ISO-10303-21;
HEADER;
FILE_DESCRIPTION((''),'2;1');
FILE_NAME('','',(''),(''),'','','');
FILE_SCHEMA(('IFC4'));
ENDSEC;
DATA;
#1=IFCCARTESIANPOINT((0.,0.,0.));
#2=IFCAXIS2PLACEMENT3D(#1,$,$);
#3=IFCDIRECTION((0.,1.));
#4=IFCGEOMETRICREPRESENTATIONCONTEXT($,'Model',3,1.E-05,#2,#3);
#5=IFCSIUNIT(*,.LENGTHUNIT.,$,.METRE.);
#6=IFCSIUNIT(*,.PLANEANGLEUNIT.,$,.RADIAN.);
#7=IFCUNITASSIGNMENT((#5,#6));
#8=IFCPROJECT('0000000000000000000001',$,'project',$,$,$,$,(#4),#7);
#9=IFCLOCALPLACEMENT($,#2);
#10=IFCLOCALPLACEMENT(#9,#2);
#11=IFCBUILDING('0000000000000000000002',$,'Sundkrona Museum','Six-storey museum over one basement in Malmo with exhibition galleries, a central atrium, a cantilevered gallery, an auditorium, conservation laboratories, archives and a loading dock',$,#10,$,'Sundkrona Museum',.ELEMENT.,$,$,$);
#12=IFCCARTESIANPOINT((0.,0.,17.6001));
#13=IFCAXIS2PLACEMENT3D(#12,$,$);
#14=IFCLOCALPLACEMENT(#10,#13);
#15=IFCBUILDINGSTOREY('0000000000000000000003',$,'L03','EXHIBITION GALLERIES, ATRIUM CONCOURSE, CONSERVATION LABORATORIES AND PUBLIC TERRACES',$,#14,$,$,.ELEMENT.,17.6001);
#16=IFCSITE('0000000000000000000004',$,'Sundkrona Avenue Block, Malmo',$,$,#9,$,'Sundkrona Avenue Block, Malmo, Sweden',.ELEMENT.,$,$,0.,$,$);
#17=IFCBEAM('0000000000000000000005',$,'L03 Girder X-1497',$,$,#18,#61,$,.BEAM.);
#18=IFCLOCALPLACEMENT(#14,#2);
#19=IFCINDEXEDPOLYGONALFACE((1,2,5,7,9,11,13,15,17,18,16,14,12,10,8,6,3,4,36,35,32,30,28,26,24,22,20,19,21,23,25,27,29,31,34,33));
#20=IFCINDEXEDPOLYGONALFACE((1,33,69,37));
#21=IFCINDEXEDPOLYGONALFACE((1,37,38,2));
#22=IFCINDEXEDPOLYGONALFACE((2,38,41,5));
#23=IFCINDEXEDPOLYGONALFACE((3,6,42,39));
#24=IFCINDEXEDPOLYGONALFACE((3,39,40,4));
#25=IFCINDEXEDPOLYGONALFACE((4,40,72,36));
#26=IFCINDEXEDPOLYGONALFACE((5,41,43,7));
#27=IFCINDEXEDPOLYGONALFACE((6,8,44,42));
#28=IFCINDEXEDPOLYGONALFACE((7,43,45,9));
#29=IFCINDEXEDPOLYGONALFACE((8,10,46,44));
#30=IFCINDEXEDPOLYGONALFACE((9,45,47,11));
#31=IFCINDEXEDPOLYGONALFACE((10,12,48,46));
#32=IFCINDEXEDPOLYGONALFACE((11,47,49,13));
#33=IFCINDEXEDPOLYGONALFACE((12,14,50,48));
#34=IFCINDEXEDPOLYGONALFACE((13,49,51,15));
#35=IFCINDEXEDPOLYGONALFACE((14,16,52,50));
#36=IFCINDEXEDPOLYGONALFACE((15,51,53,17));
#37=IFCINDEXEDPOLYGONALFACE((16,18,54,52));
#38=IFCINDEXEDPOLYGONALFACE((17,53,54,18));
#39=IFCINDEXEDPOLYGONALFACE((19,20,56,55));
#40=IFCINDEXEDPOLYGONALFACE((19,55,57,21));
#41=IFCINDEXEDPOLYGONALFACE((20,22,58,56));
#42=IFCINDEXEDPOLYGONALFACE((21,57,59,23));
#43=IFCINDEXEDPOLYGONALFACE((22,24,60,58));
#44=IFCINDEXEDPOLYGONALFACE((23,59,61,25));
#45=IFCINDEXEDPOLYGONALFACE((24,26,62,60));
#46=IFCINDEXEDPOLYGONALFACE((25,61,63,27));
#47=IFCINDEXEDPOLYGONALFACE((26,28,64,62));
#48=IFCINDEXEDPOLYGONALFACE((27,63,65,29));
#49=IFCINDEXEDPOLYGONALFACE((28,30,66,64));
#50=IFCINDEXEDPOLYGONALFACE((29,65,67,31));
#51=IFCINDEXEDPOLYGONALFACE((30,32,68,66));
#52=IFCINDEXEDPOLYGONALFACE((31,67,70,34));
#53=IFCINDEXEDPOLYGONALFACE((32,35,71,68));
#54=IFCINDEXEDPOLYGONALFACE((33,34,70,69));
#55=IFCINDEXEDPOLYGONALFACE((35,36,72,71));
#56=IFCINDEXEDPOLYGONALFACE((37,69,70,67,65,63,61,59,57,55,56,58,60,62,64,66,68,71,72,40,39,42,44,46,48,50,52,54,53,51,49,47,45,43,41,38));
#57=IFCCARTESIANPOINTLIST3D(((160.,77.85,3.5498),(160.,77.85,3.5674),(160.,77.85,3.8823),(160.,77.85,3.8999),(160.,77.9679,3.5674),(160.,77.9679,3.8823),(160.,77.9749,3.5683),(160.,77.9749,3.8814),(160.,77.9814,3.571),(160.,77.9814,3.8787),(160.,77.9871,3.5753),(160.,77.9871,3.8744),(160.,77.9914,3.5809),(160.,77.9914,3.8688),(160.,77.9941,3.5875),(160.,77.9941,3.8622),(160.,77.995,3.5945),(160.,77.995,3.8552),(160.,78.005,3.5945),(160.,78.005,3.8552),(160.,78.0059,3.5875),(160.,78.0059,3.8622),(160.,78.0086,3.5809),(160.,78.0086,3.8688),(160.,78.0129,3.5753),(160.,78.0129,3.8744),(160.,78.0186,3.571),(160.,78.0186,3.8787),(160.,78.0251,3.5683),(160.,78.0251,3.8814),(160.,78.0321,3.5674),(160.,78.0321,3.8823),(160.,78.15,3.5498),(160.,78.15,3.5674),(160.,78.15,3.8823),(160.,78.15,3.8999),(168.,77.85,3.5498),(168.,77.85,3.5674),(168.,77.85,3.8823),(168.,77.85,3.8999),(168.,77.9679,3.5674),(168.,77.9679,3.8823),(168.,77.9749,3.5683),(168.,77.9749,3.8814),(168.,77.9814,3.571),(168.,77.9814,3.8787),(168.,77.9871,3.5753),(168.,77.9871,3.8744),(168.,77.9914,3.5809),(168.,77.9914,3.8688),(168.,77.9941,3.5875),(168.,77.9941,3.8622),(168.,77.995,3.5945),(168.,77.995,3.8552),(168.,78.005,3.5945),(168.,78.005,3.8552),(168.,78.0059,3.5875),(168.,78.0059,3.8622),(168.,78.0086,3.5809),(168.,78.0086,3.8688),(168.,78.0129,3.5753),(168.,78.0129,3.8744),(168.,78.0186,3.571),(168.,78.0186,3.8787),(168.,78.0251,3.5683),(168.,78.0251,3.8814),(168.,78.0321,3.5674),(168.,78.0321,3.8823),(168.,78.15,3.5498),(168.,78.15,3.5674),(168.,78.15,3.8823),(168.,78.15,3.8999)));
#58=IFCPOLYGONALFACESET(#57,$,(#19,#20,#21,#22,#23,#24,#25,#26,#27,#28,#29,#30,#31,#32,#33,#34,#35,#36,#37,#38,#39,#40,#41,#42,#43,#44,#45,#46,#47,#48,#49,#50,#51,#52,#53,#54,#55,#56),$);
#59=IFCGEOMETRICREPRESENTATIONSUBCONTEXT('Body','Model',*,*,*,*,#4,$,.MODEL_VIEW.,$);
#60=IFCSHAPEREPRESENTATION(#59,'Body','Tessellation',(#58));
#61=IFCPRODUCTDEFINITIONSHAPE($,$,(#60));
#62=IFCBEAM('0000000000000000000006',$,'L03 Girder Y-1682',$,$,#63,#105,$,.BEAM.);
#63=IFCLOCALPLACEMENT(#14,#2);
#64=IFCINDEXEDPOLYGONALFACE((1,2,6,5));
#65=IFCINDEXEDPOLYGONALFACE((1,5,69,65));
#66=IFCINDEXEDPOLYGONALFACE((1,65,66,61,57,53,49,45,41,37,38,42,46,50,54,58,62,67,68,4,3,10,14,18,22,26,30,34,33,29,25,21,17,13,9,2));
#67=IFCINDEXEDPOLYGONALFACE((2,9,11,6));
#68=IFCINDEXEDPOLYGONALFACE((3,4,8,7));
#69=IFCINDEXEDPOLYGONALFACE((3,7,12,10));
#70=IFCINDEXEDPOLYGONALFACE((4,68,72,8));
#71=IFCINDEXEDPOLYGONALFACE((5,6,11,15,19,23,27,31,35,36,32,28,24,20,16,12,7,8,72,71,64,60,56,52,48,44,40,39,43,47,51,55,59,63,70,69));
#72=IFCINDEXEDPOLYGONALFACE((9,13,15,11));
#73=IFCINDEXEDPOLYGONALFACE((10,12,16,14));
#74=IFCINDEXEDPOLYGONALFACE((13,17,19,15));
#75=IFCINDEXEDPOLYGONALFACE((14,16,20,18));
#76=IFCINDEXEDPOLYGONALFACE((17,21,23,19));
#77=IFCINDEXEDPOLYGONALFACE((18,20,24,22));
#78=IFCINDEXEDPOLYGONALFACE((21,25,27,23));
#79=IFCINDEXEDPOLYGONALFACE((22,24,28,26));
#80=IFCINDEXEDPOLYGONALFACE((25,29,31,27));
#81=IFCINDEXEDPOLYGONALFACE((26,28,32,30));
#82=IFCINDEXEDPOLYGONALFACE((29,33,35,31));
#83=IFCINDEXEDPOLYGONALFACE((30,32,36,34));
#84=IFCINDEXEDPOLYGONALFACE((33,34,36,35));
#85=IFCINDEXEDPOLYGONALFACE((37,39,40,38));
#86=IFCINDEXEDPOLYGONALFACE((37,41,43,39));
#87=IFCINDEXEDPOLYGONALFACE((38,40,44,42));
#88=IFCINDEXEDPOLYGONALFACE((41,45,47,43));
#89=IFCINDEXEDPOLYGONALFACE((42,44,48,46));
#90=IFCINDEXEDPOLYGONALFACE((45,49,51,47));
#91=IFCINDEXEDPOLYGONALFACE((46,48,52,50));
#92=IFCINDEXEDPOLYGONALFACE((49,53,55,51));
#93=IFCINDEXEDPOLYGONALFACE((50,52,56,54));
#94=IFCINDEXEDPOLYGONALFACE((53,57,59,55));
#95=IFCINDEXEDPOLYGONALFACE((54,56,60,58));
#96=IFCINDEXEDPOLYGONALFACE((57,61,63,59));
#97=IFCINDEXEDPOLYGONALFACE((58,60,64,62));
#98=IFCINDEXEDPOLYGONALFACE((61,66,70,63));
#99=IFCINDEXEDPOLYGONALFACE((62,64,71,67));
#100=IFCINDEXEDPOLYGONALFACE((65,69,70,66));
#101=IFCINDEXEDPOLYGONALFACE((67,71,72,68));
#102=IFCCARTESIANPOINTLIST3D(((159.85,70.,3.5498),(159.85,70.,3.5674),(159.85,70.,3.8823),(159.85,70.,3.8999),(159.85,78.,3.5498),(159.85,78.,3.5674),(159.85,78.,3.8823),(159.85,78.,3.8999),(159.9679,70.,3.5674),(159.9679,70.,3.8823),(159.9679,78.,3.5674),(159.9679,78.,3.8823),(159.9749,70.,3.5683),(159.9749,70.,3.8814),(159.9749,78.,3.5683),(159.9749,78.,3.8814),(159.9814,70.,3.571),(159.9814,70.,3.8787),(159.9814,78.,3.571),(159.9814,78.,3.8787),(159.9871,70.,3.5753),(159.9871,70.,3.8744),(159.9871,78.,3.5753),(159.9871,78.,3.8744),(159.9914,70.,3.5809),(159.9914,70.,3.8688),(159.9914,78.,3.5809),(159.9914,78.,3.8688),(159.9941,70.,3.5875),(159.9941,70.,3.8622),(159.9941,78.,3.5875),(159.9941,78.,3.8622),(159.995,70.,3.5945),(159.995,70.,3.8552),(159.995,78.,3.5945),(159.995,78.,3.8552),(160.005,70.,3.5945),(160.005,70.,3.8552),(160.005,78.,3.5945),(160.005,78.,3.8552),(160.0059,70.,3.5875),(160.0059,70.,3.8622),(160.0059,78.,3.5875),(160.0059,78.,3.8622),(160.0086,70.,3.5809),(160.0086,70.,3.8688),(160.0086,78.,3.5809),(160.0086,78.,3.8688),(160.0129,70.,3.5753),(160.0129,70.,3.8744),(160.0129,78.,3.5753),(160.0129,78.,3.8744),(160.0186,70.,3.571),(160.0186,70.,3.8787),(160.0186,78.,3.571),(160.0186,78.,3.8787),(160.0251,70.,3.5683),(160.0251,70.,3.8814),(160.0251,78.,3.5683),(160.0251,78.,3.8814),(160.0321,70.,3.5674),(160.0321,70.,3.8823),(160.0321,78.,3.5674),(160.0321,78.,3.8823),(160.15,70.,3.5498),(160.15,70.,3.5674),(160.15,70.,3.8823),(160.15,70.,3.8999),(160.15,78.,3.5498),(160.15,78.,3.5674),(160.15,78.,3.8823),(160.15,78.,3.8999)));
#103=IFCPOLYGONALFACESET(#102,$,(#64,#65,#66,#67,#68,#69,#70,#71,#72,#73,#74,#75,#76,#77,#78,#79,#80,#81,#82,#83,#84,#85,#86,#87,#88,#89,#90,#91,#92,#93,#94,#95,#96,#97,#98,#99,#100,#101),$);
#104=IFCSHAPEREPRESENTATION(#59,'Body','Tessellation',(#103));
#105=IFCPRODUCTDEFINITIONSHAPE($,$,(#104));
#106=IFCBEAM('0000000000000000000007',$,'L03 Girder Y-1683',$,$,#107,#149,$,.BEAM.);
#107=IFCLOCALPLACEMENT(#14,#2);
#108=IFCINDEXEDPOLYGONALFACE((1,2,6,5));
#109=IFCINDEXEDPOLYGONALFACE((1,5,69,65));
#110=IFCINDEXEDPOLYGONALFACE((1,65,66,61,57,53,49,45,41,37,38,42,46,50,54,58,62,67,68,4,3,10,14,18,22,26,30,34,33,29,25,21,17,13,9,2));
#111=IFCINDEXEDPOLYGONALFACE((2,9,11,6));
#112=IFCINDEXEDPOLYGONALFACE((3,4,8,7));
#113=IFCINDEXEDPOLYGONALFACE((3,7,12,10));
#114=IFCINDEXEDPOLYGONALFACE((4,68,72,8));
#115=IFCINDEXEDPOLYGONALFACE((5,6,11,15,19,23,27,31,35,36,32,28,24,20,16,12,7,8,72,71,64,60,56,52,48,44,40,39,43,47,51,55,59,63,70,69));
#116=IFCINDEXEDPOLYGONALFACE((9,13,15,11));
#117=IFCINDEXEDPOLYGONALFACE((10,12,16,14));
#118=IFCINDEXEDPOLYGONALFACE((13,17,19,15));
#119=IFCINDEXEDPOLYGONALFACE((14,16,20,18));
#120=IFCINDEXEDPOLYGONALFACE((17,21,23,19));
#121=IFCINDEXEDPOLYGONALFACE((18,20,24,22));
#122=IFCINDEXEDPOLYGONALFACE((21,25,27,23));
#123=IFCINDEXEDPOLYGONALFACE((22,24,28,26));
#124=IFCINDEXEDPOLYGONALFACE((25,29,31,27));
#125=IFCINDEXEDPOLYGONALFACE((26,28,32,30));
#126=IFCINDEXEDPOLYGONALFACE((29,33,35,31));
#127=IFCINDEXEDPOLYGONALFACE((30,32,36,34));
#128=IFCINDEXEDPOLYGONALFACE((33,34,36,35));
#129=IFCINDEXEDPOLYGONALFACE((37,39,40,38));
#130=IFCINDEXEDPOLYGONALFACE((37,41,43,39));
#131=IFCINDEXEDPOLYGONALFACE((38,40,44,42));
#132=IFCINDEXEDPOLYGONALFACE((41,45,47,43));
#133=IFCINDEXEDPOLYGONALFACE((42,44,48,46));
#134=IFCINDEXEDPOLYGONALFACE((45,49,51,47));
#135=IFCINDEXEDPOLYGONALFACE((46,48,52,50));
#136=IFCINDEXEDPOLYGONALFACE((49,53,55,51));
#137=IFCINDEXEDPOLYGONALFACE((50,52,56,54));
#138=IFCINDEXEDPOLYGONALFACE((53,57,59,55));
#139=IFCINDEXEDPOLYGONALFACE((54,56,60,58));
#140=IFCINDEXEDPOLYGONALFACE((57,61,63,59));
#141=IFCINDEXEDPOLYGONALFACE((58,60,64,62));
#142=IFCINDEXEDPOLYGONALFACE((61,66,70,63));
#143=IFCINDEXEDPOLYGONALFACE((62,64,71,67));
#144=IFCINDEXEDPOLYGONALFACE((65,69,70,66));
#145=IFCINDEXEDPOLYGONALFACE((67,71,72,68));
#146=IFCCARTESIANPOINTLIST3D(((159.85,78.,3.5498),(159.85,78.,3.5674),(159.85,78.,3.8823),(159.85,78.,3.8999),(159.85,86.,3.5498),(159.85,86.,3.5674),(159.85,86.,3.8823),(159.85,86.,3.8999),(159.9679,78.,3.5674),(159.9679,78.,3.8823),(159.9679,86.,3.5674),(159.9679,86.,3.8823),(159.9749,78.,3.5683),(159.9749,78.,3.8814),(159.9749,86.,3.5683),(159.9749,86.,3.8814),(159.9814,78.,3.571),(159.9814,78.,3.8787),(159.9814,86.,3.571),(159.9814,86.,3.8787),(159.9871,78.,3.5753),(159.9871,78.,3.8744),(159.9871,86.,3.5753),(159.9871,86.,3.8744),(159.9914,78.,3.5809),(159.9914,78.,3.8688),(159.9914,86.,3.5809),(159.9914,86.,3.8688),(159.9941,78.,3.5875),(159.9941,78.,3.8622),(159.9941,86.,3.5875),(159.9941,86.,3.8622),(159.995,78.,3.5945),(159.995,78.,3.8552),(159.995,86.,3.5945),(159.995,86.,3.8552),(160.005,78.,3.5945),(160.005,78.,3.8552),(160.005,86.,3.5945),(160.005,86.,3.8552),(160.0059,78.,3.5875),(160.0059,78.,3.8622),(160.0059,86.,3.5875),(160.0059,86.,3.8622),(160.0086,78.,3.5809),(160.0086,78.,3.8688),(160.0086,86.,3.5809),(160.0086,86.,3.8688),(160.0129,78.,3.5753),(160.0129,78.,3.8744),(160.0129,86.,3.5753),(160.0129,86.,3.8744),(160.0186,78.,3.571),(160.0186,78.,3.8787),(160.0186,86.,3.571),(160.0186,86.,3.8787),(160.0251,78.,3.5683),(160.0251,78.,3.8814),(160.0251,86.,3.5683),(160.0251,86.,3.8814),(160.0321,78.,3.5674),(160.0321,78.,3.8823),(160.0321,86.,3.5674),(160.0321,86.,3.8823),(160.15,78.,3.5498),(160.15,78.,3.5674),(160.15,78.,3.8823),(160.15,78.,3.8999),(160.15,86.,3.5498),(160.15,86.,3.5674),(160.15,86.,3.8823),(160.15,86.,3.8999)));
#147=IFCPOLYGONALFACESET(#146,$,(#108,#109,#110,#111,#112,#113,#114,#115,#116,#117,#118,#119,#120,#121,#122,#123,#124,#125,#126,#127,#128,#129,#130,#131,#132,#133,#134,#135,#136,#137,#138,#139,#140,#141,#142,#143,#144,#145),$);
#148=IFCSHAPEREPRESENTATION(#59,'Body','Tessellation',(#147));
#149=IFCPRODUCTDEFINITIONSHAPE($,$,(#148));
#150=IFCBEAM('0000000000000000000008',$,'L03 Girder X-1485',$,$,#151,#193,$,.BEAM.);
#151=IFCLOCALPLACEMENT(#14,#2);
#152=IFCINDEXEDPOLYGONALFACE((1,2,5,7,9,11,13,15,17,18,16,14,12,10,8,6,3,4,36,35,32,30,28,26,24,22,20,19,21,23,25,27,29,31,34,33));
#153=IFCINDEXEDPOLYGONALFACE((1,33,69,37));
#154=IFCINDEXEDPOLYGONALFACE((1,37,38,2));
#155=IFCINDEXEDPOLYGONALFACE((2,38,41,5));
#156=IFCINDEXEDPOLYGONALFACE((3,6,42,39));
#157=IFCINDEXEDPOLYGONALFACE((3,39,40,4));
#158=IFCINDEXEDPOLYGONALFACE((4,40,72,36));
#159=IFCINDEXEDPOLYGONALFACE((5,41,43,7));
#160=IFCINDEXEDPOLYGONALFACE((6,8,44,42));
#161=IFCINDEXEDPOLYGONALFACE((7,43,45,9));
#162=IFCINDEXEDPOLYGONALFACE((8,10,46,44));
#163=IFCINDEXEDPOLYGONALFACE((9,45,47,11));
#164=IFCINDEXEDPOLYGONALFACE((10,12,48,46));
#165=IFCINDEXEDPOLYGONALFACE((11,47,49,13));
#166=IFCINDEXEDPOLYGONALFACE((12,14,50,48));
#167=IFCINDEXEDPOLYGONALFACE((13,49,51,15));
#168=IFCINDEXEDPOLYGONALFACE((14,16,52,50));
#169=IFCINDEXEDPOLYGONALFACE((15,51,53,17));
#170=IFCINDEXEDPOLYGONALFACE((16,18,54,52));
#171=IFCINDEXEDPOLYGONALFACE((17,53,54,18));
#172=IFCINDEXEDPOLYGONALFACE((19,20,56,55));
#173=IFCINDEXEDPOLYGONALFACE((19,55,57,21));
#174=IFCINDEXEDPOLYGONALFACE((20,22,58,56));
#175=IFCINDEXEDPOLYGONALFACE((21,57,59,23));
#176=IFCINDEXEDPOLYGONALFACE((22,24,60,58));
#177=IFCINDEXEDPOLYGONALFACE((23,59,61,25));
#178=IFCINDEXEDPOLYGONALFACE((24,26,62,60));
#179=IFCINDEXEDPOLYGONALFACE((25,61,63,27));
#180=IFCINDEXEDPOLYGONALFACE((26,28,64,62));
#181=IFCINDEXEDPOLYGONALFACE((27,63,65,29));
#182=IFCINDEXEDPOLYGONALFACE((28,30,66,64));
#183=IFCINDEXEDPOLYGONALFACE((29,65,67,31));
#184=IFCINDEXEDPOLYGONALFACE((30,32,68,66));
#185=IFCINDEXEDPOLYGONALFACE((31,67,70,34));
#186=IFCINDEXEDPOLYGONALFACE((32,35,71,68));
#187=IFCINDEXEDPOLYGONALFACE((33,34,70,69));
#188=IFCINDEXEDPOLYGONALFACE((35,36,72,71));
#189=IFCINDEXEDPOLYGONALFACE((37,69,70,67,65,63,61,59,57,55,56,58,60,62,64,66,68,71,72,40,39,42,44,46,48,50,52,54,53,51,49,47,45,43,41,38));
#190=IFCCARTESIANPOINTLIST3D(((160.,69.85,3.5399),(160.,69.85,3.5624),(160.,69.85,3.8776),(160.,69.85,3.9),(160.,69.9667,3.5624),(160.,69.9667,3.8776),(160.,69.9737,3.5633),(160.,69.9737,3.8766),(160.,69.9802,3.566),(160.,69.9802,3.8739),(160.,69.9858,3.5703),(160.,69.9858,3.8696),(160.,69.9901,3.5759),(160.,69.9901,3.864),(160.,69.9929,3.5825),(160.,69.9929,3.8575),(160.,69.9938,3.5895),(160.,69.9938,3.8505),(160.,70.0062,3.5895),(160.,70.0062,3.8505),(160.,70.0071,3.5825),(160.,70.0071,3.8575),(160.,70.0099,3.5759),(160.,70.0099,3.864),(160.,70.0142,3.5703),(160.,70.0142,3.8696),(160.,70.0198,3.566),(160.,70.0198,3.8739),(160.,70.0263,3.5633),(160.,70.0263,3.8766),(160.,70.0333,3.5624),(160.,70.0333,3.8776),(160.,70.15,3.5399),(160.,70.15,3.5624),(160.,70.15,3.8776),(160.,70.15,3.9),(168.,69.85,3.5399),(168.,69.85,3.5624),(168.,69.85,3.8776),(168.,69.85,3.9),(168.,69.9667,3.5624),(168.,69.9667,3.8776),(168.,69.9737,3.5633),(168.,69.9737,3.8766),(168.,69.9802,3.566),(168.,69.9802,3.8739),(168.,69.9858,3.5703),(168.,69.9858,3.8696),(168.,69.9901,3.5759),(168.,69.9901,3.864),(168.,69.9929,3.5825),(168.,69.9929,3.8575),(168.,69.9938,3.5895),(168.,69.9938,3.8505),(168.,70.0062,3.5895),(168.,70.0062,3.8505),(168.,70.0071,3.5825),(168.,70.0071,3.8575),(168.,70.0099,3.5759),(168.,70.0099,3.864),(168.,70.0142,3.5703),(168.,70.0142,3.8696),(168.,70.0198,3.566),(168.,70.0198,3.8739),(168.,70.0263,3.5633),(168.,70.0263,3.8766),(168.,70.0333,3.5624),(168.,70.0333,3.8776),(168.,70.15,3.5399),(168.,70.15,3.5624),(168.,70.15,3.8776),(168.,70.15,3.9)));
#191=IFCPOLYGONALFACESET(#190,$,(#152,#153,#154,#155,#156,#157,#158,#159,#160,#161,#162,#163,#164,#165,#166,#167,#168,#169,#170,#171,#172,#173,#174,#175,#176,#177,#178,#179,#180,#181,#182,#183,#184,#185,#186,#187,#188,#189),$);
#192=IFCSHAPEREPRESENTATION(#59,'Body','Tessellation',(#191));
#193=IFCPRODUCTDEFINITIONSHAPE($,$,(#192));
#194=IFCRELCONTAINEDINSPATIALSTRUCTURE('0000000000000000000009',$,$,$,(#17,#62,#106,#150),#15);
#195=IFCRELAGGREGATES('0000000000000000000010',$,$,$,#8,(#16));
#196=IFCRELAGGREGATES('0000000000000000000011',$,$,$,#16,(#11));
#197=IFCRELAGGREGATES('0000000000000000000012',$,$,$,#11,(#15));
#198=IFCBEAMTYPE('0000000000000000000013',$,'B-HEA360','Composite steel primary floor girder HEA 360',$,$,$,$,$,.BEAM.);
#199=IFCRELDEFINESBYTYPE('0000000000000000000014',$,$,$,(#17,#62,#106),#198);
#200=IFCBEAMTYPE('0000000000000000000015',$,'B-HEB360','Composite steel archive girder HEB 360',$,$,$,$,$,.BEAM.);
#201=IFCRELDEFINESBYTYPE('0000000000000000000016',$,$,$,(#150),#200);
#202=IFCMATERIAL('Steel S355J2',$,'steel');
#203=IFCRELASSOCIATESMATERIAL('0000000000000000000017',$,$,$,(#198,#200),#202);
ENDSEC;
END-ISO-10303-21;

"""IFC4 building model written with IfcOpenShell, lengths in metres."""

from ifc_helpers import new_model, si_unit, direction, frame, origin, origin_2d, place, context, subcontext, project, spatial, i_section, extrude, material, material_profile, profile_set, type_object, element, save


model = new_model("IFC4")

# Units and contexts
model_context = context("Model", 3, precision=1e-05, world=origin(), true_north=direction((0.0, 1.0)))
body_context = subcontext(model_context, "Body", "Model", "MODEL_VIEW")
ifc_project = project(units=[si_unit("LENGTHUNIT", "METRE"), si_unit("PLANEANGLEUNIT", "RADIAN")], contexts=[model_context])

# Site, building, storey
site_placement = place(None, origin())
site = spatial("IfcSite", under=ifc_project, at=site_placement, Name="Sundkrona Avenue Block, Malmo", LongName="Sundkrona Avenue Block, Malmo, Sweden", CompositionType="ELEMENT", RefElevation=0.0)
building_placement = place(site_placement, origin())
building = spatial("IfcBuilding", under=site, at=building_placement, Name="Sundkrona Museum", Description="Six-storey museum over one basement in Malmo with exhibition galleries, a central atrium, a cantilevered gallery, an auditorium, conservation laboratories, archives and a loading dock", LongName="Sundkrona Museum", CompositionType="ELEMENT")
storey_placement = place(building_placement, frame((0.0, 0.0, 17.6001)))
storey = spatial("IfcBuildingStorey", under=building, at=storey_placement, Name="L03", Description="EXHIBITION GALLERIES, ATRIUM CONCOURSE, CONSERVATION LABORATORIES AND PUBLIC TERRACES", CompositionType="ELEMENT", Elevation=17.6001)

# Shared definitions
ifc_material_1 = material(Name="Steel S355J2", Category="steel")

# Beams
ifc_material_profile_1 = material_profile(ifc_material_1, i_section(OverallWidth=0.3, OverallDepth=0.3501, WebThickness=0.01, FlangeThickness=0.0176, FilletRadius=0.0271, at=origin_2d()), Name="HEA 360")
ifc_profile_set_1 = profile_set([ifc_material_profile_1], Name="Steel S355J2")
beam_type_1 = type_object("IfcBeamType", Name="B-HEA360", Description="Composite steel primary floor girder HEA 360", PredefinedType="BEAM", material=ifc_profile_set_1)
for number, where, z_axis, x_axis, name in (
    (1, (160.0, 78.0, 3.7249), (1.0, 0.0, 0.0), (0.0, 1.0, 0.0), "L03 Girder X-1497"),
    (2, (160.0, 70.0, 3.7249), (0.0, 1.0, 0.0), (-1.0, 0.0, 0.0), "L03 Girder Y-1682"),
    (3, (160.0, 78.0, 3.7249), (0.0, 1.0, 0.0), (-1.0, 0.0, 0.0), "L03 Girder Y-1683"),
):
    element("IfcBeam", number, at=place(storey_placement, frame(where, z_axis=z_axis, x_axis=x_axis)), inside=storey, type_object=beam_type_1, Name=name, PredefinedType="BEAM", context=body_context, shape_type="SweptSolid", body=[
        extrude(i_section(OverallWidth=0.3, OverallDepth=0.3501, WebThickness=0.01, FlangeThickness=0.0176, FilletRadius=0.0271, at=origin_2d()), origin(), (0.0, 0.0, 1.0), 8.0),
    ])
ifc_material_profile_2 = material_profile(ifc_material_1, i_section(OverallWidth=0.3, OverallDepth=0.3601, WebThickness=0.0125, FlangeThickness=0.0225, FilletRadius=0.0271, at=origin_2d()), Name="HEB 360")
ifc_profile_set_2 = profile_set([ifc_material_profile_2], Name="Steel S355J2")
beam_type_2 = type_object("IfcBeamType", Name="B-HEB360", Description="Composite steel archive girder HEB 360", PredefinedType="BEAM", material=ifc_profile_set_2)
beam_placement = place(storey_placement, frame((160.0, 70.0, 3.72), z_axis=(1.0, 0.0, 0.0), x_axis=(0.0, 1.0, 0.0)))
element("IfcBeam", 4, at=beam_placement, inside=storey, type_object=beam_type_2, Name="L03 Girder X-1485", PredefinedType="BEAM", context=body_context, shape_type="SweptSolid", body=[
    extrude(i_section(OverallWidth=0.3, OverallDepth=0.3601, WebThickness=0.0125, FlangeThickness=0.0225, FilletRadius=0.0271, at=origin_2d()), origin(), (0.0, 0.0, 1.0), 8.0),
])

save(model, "model.ifc")
